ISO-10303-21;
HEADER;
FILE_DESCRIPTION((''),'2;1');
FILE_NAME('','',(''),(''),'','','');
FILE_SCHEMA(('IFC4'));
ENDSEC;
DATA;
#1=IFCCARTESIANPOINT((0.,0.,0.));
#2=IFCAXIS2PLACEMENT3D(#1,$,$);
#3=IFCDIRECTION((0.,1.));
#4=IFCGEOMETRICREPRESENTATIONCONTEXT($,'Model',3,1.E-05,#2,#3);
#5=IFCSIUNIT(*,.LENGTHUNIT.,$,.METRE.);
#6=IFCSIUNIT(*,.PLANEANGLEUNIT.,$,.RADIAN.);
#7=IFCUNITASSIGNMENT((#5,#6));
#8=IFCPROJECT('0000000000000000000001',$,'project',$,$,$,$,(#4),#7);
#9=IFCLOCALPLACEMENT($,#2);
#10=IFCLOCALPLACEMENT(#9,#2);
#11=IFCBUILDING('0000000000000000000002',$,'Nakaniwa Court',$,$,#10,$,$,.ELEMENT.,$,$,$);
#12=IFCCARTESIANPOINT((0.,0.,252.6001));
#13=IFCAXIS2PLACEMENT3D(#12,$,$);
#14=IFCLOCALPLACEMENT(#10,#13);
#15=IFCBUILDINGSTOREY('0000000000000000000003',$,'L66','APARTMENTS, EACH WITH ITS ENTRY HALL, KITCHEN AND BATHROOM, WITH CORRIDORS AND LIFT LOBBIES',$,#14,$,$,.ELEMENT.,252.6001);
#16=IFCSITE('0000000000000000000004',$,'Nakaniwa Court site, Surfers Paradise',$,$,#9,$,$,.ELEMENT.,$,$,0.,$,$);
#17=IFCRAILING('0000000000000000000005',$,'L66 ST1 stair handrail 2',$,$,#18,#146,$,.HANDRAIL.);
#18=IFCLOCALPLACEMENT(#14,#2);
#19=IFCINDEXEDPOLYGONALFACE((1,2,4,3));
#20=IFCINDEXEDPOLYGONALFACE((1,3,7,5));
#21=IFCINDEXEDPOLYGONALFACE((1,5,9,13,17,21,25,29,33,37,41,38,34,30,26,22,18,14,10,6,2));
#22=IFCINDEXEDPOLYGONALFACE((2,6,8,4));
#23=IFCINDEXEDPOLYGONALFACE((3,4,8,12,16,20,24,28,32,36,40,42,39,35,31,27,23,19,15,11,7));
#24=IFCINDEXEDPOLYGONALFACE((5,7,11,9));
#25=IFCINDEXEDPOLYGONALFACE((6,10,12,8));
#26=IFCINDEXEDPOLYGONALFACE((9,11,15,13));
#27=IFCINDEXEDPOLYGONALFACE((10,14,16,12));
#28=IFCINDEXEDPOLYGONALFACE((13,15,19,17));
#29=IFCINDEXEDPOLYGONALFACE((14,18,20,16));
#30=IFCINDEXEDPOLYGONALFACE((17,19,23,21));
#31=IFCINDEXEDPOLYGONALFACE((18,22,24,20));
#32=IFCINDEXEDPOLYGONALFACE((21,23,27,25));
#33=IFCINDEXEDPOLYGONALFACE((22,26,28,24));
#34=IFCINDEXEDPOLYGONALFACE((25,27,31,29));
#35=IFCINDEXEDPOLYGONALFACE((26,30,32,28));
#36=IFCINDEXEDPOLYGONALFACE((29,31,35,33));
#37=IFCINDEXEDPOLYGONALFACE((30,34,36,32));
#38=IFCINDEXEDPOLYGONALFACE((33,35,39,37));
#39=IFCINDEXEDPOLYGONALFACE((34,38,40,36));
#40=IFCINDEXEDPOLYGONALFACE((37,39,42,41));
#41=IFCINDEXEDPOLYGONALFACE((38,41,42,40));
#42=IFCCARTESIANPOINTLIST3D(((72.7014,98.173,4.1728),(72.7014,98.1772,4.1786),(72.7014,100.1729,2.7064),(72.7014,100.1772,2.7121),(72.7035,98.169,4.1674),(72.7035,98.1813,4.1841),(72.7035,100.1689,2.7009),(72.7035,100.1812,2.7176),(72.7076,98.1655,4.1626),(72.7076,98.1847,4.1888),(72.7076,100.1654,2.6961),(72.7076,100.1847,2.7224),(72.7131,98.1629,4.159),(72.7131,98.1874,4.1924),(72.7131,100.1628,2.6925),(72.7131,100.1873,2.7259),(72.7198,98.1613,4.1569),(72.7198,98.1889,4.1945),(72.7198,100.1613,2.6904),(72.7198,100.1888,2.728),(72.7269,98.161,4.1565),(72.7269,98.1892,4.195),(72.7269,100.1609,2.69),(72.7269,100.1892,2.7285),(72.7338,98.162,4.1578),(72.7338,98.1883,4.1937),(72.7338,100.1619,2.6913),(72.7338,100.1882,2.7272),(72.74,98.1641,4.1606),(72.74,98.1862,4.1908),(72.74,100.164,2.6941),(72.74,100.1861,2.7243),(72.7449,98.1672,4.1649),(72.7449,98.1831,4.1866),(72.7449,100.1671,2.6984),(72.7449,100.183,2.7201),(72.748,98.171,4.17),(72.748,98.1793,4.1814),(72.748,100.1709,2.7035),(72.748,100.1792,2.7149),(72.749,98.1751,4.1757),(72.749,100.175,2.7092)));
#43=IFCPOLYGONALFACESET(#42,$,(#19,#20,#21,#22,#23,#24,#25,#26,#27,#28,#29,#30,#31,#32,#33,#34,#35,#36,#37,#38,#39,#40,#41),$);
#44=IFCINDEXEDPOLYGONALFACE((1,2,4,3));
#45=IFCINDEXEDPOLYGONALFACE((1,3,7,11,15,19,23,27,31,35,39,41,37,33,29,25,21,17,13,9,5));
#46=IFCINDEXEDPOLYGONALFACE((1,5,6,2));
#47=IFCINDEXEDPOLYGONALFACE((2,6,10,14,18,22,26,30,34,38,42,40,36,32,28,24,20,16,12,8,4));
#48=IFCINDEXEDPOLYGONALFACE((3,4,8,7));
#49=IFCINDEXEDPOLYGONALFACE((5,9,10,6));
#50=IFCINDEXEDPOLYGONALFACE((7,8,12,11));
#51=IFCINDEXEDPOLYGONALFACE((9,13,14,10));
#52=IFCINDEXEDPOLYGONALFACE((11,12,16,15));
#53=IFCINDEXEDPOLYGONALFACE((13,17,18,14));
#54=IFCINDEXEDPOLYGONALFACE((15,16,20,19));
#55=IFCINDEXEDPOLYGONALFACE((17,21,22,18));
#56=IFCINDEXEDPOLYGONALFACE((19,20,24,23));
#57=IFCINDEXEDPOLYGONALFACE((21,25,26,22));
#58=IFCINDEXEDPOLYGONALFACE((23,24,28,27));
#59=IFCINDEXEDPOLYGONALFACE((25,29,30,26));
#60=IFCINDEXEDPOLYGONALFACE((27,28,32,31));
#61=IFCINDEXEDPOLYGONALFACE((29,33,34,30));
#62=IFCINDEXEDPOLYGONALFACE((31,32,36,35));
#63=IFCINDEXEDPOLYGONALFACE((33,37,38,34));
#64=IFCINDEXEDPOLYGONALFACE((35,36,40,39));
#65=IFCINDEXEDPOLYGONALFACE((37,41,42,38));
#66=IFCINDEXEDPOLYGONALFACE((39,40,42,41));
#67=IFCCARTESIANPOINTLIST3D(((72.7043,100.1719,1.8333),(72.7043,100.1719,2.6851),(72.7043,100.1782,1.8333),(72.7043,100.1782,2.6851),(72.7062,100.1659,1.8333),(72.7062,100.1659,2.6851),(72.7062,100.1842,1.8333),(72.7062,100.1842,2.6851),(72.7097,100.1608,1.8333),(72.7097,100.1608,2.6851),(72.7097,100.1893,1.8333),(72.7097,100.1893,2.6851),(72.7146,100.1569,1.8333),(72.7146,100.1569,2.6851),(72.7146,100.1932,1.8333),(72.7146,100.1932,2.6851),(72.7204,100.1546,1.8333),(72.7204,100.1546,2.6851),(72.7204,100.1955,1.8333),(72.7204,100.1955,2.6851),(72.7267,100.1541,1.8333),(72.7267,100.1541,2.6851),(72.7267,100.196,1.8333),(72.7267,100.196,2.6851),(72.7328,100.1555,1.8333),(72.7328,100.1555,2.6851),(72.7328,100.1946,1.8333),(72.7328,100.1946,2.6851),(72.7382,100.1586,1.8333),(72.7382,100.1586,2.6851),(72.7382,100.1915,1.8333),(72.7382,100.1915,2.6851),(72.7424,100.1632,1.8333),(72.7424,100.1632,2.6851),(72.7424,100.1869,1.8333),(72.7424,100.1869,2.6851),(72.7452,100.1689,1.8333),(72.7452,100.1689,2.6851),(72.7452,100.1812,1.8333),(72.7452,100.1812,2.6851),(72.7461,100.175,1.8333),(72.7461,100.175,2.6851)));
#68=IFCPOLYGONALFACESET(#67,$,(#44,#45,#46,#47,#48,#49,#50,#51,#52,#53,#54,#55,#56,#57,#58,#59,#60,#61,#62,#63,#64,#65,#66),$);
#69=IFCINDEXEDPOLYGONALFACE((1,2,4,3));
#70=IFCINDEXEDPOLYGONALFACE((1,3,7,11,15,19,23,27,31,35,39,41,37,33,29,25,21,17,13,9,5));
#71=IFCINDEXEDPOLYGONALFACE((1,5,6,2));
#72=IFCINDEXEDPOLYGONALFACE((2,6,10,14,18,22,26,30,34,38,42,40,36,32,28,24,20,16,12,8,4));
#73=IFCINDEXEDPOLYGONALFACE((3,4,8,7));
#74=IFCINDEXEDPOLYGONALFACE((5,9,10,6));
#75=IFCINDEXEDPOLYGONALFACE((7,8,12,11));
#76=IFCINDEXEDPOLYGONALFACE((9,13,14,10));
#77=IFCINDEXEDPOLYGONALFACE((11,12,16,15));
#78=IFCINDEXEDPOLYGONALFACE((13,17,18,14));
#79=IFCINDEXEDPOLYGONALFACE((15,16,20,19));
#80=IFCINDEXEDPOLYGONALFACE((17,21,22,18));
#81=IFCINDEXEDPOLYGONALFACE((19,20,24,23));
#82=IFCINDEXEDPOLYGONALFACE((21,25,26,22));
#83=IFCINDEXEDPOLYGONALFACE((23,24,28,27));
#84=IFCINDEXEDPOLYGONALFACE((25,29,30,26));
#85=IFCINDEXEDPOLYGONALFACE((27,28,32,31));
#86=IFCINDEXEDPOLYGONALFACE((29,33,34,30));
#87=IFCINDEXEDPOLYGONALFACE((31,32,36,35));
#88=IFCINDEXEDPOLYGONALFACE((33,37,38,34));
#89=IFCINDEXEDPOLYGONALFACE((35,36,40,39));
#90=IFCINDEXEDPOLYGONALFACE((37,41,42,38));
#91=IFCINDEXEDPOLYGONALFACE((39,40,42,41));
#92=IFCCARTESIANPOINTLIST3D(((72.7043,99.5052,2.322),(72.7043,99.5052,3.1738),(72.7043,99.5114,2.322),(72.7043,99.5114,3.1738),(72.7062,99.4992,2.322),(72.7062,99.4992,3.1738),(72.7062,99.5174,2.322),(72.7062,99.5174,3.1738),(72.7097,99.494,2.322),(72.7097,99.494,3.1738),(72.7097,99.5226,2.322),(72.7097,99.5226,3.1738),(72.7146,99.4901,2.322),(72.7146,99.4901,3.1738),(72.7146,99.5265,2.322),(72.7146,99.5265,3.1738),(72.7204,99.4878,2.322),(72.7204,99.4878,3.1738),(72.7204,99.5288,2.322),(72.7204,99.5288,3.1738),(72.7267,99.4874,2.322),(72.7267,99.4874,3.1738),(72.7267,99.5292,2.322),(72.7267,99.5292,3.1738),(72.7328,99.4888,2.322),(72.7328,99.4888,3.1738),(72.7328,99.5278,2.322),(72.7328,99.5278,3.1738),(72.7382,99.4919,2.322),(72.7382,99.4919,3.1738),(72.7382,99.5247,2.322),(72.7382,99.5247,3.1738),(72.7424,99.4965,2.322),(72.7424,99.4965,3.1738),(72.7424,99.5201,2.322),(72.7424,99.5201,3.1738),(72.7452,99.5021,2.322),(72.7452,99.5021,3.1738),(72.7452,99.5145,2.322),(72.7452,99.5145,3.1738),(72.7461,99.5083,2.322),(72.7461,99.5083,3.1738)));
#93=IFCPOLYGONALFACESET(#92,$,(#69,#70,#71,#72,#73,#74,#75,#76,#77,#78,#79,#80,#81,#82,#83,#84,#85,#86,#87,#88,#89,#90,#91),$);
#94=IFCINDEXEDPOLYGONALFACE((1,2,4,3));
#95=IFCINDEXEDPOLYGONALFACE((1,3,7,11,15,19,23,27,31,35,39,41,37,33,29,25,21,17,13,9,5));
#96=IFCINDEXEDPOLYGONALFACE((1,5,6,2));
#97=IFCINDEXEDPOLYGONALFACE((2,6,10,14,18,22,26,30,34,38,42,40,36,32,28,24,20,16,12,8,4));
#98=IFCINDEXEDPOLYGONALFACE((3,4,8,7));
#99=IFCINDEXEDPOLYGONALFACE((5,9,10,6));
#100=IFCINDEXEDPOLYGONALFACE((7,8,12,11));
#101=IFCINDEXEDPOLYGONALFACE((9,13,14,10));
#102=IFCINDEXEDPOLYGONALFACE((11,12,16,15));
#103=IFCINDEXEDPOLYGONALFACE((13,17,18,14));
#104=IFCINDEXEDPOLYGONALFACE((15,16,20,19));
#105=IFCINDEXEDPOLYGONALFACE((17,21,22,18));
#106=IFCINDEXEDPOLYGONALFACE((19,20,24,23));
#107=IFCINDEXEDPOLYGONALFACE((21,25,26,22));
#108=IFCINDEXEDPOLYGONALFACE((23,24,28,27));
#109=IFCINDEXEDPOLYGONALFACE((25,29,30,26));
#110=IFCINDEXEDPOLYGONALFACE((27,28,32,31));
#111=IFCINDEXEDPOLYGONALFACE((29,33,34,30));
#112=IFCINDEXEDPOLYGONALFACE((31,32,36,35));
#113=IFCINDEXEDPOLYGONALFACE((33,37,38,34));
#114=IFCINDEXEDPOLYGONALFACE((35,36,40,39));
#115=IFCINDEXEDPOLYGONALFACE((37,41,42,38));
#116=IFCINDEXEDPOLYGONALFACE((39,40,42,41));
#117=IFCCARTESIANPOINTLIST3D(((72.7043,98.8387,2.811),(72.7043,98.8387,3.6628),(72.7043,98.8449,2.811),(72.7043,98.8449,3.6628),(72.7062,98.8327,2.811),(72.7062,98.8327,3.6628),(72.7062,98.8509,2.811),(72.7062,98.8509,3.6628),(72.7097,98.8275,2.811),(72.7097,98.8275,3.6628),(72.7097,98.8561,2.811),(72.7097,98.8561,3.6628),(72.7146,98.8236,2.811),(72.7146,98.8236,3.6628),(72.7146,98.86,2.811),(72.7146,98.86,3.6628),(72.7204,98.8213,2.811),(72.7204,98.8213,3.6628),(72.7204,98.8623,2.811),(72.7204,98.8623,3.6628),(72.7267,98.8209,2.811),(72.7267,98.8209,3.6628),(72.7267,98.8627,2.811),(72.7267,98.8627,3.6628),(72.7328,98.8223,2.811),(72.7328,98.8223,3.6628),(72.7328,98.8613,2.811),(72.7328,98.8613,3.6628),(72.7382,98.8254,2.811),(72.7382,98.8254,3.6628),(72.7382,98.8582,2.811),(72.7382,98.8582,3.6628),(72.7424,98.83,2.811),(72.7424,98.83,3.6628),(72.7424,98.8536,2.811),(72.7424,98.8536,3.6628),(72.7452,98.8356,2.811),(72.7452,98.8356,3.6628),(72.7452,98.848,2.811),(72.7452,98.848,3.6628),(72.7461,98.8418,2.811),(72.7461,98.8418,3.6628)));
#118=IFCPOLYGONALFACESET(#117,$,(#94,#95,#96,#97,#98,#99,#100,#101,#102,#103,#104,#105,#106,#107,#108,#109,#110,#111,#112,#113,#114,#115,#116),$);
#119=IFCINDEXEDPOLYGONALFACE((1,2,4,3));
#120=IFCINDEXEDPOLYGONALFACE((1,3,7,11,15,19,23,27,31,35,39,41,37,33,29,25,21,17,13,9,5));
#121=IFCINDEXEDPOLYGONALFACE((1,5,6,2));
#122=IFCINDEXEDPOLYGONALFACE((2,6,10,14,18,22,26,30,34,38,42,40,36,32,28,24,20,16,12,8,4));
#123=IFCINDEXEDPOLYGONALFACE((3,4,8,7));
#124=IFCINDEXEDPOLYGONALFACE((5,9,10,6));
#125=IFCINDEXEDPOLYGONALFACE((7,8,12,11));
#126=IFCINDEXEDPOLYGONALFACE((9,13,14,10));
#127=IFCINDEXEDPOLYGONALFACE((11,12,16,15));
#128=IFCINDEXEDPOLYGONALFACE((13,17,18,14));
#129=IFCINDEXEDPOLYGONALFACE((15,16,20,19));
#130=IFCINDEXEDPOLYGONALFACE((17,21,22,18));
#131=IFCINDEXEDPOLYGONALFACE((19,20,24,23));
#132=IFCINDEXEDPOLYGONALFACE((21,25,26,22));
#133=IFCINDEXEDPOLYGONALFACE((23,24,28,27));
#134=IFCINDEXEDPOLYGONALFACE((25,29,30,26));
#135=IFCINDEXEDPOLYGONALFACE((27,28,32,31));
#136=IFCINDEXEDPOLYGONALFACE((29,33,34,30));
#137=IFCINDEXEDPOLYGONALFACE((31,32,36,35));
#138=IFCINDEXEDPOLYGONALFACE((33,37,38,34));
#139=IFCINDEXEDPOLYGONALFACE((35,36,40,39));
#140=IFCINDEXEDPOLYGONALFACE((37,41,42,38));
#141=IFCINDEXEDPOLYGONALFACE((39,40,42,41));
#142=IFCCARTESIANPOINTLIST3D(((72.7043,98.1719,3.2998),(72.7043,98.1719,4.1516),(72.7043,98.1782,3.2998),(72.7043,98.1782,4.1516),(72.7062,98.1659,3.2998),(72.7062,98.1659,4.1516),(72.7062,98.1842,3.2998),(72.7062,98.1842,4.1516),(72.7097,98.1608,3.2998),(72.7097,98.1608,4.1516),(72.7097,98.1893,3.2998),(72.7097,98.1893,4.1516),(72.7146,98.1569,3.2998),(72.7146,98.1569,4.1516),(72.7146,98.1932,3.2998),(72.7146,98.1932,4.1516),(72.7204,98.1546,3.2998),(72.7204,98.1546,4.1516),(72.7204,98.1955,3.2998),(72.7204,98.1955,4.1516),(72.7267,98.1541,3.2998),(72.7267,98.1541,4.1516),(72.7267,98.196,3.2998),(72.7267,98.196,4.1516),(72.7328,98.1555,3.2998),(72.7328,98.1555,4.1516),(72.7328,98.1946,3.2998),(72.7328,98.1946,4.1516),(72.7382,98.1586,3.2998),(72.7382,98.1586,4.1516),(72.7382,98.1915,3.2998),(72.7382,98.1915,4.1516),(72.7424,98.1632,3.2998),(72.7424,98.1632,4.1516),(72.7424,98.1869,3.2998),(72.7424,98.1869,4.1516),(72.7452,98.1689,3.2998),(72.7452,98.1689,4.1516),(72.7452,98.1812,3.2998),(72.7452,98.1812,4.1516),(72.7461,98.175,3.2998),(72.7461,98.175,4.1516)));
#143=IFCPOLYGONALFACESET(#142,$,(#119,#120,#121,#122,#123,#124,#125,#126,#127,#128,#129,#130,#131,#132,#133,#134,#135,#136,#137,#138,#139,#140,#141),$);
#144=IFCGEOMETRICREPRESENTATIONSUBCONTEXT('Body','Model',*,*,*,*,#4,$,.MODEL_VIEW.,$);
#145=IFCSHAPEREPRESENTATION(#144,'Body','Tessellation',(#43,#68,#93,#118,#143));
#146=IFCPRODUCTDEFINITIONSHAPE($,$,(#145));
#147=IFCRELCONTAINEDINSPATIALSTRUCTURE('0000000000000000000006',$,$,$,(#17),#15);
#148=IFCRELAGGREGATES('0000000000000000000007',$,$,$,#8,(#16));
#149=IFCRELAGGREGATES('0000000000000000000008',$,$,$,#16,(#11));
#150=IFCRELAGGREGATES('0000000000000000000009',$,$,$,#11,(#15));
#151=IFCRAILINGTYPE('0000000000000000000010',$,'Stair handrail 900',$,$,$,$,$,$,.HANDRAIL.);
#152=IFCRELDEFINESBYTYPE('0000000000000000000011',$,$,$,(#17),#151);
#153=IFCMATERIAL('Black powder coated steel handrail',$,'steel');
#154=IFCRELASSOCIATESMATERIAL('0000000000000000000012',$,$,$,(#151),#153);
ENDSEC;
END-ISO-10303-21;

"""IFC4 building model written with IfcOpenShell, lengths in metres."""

from ifc_helpers import new_model, si_unit, direction, frame, origin, origin_2d, place, context, subcontext, project, spatial, circle, extrude, material, type_object, element, save


model = new_model("IFC4")

# Units and contexts
model_context = context("Model", 3, precision=1e-05, world=origin(), true_north=direction((0.0, 1.0)))
body_context = subcontext(model_context, "Body", "Model", "MODEL_VIEW")
ifc_project = project(units=[si_unit("LENGTHUNIT", "METRE"), si_unit("PLANEANGLEUNIT", "RADIAN")], contexts=[model_context])

# Site, building, storey
site_placement = place(None, origin())
site = spatial("IfcSite", under=ifc_project, at=site_placement, Name="Nakaniwa Court site, Surfers Paradise", CompositionType="ELEMENT", RefElevation=0.0)
building_placement = place(site_placement, origin())
building = spatial("IfcBuilding", under=site, at=building_placement, Name="Nakaniwa Court", CompositionType="ELEMENT")
storey_placement = place(building_placement, frame((0.0, 0.0, 252.6001)))
storey = spatial("IfcBuildingStorey", under=building, at=storey_placement, Name="L66", Description="APARTMENTS, EACH WITH ITS ENTRY HALL, KITCHEN AND BATHROOM, WITH CORRIDORS AND LIFT LOBBIES", CompositionType="ELEMENT", Elevation=252.6001)

# Railing
ifc_material_1 = material(Name="Black powder coated steel handrail", Category="steel")
railing_type_1 = type_object("IfcRailingType", Name="Stair handrail 900", PredefinedType="HANDRAIL", material=ifc_material_1)
railing_1_placement = place(storey_placement, frame((72.7251, 100.175, 1.8333)))
element("IfcRailing", 1, at=railing_1_placement, inside=storey, type_object=railing_type_1, Name="L66 ST1 stair handrail 2", PredefinedType="HANDRAIL", context=body_context, shape_type="SweptSolid", body=[
    extrude(circle(Radius=0.0239, at=origin_2d()), frame((0.0, 0.0, 0.876), z_axis=(0.0, -0.806427, 0.591334), x_axis=(1.0, 0.0, 0.0)), (0.0, 0.0, 1.0), 2.48),
    extrude(circle(Radius=0.021, at=origin_2d()), origin(), (0.0, 0.0, 1.0), 0.8518),
    extrude(circle(Radius=0.021, at=origin_2d()), frame((0.0, -0.6667, 0.4888)), (0.0, 0.0, 1.0), 0.8518),
    extrude(circle(Radius=0.021, at=origin_2d()), frame((0.0, -1.3333, 0.9778)), (0.0, 0.0, 1.0), 0.8518),
    extrude(circle(Radius=0.021, at=origin_2d()), frame((0.0, -2.0, 1.4666)), (0.0, 0.0, 1.0), 0.8518),
])

save(model, "model.ifc")
